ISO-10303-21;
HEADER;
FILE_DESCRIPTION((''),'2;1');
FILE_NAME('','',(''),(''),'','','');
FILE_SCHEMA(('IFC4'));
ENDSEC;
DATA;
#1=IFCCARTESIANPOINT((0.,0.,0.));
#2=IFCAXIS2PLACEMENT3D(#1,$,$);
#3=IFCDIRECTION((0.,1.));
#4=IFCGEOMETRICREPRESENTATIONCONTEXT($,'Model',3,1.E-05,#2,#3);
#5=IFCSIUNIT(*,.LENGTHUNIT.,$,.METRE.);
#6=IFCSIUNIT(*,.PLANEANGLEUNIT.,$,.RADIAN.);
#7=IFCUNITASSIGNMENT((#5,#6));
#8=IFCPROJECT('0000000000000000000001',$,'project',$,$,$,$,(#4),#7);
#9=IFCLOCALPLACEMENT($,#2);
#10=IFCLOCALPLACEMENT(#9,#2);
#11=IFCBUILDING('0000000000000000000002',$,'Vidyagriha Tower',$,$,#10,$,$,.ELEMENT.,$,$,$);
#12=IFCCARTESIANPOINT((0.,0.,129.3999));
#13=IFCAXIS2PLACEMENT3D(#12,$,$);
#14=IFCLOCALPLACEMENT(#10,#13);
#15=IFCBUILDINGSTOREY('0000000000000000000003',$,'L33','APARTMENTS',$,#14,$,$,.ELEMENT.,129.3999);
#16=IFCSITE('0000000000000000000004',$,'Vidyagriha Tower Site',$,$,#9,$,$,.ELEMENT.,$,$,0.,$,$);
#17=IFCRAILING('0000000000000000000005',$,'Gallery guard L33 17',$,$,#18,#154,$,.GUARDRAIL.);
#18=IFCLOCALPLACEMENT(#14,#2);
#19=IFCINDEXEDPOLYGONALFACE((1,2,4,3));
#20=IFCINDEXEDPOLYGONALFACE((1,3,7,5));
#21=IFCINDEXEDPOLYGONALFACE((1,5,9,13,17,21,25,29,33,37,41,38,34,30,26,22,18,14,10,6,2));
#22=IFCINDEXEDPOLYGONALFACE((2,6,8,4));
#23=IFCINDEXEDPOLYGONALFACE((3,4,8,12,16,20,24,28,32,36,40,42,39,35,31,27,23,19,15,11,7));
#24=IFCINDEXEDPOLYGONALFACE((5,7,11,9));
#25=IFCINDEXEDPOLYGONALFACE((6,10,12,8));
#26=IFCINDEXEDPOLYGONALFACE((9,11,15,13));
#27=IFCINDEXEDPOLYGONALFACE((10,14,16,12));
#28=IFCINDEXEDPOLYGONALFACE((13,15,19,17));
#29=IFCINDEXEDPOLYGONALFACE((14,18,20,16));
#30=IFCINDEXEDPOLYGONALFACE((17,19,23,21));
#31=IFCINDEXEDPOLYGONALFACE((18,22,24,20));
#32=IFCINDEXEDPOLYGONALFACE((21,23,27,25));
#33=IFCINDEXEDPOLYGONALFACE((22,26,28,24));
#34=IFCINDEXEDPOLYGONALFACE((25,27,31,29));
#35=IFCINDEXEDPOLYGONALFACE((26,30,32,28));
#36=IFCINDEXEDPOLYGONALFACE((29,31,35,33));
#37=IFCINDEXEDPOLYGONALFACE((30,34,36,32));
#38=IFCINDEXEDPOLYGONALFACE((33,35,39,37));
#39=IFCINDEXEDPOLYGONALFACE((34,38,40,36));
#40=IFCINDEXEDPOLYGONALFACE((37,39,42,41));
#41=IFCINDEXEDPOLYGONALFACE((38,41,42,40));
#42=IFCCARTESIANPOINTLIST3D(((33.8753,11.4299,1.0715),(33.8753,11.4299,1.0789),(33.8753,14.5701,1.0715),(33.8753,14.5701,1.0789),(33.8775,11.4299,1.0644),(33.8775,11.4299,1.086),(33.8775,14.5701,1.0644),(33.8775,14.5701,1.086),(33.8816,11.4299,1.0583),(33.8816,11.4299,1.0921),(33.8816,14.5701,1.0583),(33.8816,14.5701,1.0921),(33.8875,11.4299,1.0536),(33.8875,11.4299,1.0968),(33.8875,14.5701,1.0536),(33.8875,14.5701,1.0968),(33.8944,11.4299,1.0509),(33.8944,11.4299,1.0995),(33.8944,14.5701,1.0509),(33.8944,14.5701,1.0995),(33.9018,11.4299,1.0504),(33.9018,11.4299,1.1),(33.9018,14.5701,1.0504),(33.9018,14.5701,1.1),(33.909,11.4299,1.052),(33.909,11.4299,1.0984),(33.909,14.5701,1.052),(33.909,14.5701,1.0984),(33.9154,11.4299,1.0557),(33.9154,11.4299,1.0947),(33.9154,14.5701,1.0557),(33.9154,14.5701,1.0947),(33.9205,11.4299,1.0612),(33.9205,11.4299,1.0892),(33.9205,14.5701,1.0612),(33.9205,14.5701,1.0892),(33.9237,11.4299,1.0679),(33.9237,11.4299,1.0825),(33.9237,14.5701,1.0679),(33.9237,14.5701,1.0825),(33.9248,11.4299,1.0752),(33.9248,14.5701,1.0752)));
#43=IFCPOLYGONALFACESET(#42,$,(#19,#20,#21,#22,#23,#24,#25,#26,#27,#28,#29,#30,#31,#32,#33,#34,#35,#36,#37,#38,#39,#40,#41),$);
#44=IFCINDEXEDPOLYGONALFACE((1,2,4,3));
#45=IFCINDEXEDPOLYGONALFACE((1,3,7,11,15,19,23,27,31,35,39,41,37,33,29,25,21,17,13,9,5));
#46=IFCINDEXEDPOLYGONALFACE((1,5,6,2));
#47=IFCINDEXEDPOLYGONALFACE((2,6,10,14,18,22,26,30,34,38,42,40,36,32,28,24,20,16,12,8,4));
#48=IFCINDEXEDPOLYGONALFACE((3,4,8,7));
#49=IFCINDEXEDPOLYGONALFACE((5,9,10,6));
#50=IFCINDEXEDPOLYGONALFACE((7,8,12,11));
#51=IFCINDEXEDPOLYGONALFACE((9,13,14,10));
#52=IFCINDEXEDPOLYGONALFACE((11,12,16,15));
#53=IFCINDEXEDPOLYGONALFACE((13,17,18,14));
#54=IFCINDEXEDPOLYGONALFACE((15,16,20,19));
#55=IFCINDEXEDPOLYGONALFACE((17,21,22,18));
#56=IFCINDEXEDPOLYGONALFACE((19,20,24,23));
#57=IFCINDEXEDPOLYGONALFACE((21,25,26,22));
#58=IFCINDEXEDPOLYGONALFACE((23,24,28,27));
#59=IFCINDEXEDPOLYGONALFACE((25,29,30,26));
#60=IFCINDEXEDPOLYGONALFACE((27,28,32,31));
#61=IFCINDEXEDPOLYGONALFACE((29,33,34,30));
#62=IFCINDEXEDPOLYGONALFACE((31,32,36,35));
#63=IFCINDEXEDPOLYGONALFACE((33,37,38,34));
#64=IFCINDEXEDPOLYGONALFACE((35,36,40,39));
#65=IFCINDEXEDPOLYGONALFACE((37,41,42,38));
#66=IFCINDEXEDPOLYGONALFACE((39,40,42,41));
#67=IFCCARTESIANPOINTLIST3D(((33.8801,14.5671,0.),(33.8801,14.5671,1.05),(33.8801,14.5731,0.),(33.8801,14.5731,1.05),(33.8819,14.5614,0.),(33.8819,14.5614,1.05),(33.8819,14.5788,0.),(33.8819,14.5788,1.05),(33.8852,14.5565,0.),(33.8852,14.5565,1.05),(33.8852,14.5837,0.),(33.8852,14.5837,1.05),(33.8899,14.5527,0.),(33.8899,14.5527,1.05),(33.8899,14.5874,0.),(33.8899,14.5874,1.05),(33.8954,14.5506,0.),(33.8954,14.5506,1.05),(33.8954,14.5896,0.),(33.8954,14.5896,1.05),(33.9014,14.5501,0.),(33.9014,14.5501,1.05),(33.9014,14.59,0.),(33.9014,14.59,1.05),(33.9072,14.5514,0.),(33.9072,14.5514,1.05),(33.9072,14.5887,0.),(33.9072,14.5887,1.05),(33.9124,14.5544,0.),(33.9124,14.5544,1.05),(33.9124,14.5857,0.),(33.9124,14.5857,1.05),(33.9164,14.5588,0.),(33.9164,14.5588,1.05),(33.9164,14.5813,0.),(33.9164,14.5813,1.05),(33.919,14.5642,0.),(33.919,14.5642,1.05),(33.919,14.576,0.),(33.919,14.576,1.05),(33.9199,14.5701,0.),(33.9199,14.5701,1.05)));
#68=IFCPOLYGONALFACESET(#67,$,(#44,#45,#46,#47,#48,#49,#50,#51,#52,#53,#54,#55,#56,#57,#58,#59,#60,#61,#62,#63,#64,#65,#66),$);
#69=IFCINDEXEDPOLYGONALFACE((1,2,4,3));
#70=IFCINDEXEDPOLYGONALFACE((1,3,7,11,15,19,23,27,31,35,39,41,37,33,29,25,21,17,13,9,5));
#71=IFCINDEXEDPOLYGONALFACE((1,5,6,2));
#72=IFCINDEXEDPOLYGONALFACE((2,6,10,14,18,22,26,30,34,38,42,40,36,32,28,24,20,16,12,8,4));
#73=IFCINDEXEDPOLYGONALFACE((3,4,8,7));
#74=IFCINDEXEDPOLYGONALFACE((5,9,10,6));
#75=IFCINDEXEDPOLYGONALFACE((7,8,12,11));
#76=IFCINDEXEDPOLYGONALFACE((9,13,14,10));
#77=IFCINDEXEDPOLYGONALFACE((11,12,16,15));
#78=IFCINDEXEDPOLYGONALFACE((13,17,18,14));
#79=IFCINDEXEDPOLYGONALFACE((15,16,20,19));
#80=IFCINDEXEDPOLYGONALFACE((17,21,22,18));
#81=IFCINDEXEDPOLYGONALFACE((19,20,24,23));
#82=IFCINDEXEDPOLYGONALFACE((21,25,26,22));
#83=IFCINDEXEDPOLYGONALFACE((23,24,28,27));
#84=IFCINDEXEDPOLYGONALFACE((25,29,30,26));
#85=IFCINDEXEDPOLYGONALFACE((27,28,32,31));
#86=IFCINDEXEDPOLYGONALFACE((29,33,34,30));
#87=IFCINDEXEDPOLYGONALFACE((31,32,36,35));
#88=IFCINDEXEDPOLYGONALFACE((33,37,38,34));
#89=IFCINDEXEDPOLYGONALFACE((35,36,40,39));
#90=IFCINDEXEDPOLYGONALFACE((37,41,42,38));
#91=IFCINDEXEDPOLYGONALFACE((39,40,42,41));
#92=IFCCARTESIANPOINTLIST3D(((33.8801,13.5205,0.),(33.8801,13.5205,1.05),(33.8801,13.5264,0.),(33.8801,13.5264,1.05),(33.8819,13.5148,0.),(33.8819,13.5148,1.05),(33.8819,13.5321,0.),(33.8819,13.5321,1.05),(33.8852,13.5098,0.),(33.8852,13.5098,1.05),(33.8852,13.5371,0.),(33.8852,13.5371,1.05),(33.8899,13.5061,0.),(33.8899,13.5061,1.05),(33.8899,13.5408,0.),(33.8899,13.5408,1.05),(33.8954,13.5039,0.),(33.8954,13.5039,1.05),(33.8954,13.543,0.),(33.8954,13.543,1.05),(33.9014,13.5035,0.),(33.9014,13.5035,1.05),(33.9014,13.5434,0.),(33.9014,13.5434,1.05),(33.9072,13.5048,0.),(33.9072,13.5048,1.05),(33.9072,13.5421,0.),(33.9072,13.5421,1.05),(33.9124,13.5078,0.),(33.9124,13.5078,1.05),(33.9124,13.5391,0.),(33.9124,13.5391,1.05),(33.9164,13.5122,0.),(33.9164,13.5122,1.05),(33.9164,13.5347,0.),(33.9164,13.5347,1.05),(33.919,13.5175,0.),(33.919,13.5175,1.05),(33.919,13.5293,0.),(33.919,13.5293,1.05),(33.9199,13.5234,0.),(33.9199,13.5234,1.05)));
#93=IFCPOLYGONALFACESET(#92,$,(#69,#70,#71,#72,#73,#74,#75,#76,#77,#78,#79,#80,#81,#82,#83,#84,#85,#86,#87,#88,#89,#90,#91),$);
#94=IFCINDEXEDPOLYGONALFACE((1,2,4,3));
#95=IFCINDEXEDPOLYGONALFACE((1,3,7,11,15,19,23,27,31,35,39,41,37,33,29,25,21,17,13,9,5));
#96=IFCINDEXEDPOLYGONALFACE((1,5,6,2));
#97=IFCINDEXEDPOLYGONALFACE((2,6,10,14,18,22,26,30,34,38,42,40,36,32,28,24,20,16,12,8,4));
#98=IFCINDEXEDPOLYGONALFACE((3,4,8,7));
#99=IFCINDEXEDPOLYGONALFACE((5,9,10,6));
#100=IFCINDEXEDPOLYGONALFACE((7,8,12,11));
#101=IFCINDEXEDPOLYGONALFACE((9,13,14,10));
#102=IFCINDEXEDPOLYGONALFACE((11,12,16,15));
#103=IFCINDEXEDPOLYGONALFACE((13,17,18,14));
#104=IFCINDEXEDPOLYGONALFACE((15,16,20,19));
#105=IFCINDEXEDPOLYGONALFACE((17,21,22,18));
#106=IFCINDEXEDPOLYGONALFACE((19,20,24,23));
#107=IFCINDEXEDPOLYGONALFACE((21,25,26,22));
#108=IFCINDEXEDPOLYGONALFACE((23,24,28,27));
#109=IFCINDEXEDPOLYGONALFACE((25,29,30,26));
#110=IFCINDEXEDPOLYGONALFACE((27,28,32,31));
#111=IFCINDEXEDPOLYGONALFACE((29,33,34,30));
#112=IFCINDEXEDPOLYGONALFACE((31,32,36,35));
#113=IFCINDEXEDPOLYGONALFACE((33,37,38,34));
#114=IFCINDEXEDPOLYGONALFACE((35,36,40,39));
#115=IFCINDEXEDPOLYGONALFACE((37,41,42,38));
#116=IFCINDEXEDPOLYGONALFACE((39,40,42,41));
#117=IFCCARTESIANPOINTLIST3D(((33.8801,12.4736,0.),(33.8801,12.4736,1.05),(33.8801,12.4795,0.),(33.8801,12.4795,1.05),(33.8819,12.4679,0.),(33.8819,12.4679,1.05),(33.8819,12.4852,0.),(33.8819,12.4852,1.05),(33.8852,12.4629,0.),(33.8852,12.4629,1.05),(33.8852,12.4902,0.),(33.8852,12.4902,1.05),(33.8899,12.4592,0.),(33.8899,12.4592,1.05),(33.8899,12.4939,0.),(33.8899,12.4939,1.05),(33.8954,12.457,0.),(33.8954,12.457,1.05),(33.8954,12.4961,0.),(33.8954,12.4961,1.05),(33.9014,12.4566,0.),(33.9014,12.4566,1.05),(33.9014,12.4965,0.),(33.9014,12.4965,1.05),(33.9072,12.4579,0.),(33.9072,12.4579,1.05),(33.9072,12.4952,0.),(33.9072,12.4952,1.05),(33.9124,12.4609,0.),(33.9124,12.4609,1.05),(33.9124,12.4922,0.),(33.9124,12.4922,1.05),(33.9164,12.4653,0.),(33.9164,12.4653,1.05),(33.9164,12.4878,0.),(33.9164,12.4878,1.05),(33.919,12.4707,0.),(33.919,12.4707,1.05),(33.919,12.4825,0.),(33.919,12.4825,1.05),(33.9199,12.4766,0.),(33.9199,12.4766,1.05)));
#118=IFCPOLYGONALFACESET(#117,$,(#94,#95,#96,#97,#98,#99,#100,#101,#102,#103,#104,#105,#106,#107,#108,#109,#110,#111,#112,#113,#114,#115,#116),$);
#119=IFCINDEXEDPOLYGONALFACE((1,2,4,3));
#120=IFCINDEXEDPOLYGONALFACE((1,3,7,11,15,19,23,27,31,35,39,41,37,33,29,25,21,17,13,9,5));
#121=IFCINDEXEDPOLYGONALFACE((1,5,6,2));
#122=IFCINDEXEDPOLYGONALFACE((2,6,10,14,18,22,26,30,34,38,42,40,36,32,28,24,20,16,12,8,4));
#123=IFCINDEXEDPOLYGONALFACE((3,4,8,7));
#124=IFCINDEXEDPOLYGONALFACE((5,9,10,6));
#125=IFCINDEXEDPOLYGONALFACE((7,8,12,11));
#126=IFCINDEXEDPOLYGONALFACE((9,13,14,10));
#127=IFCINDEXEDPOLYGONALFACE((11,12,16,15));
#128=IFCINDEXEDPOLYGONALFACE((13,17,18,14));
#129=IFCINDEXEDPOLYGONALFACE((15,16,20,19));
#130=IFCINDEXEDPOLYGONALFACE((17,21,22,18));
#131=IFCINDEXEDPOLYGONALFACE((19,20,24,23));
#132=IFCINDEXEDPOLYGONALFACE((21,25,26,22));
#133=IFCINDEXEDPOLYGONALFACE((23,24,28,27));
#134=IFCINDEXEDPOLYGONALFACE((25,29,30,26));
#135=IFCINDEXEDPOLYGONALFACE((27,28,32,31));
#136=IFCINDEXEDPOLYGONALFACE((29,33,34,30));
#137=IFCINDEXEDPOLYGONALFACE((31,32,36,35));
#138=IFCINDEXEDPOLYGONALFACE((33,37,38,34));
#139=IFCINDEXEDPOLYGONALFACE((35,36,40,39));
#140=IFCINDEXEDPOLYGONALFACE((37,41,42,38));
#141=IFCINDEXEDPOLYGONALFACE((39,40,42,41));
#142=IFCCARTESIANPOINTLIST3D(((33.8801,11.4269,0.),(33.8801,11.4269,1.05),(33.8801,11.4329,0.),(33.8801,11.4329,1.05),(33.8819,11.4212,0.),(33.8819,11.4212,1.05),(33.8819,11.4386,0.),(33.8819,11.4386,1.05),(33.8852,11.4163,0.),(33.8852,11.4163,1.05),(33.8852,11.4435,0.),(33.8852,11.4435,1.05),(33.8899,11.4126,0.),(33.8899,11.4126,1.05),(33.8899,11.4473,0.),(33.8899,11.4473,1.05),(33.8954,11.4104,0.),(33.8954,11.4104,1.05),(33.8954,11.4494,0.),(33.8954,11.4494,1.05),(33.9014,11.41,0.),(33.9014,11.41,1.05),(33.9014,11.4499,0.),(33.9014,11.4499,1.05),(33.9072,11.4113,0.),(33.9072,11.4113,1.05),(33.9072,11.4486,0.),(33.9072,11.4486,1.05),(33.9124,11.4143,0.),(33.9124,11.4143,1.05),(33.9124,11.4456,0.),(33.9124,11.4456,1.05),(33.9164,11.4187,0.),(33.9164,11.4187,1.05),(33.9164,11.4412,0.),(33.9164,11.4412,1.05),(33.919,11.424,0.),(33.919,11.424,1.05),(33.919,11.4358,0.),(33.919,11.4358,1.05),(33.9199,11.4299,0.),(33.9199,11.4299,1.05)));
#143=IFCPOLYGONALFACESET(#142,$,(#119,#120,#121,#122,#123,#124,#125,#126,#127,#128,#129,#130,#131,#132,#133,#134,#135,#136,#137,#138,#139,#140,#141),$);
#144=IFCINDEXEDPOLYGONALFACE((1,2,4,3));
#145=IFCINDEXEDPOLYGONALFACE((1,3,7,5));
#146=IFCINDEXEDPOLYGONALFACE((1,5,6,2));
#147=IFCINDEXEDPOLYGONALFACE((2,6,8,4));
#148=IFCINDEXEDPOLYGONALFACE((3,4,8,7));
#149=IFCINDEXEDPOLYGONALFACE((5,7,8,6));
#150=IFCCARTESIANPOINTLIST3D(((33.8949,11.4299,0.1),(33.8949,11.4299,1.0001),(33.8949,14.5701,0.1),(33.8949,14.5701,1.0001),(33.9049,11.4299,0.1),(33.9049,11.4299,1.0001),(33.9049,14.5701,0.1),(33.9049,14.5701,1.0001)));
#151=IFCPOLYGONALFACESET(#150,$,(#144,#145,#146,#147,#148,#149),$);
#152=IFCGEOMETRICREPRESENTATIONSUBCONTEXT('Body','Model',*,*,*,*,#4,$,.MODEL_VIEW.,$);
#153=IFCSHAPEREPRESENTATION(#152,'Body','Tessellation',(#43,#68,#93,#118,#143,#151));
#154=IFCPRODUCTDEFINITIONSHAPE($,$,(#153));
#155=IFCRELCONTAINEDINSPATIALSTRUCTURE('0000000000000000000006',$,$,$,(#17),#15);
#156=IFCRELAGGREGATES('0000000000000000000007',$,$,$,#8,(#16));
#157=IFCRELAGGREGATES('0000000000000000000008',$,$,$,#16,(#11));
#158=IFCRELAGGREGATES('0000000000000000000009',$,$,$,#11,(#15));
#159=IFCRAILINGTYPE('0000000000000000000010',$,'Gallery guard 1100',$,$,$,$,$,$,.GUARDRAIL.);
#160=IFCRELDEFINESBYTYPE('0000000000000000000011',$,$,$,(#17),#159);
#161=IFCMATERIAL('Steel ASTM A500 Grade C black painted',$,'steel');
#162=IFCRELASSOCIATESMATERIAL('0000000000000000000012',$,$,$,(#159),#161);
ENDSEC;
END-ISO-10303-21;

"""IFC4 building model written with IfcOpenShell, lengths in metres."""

from ifc_helpers import new_model, si_unit, direction, frame, origin, origin_2d, place, context, subcontext, project, spatial, rectangle, circle, extrude, material, type_object, element, save


model = new_model("IFC4")

# Units and contexts
model_context = context("Model", 3, precision=1e-05, world=origin(), true_north=direction((0.0, 1.0)))
body_context = subcontext(model_context, "Body", "Model", "MODEL_VIEW")
ifc_project = project(units=[si_unit("LENGTHUNIT", "METRE"), si_unit("PLANEANGLEUNIT", "RADIAN")], contexts=[model_context])

# Site, building, storey
site_placement = place(None, origin())
site = spatial("IfcSite", under=ifc_project, at=site_placement, Name="Vidyagriha Tower Site", CompositionType="ELEMENT", RefElevation=0.0)
building_placement = place(site_placement, origin())
building = spatial("IfcBuilding", under=site, at=building_placement, Name="Vidyagriha Tower", CompositionType="ELEMENT")
storey_placement = place(building_placement, frame((0.0, 0.0, 129.3999)))
storey = spatial("IfcBuildingStorey", under=building, at=storey_placement, Name="L33", Description="APARTMENTS", CompositionType="ELEMENT", Elevation=129.3999)

# Railing
ifc_material_1 = material(Name="Steel ASTM A500 Grade C black painted", Category="steel")
railing_type = type_object("IfcRailingType", Name="Gallery guard 1100", PredefinedType="GUARDRAIL", material=ifc_material_1)
railing_1_placement = place(storey_placement, frame((33.8999, 14.5701, 0.0)))
element("IfcRailing", 1, at=railing_1_placement, inside=storey, type_object=railing_type, Name="Gallery guard L33 17", PredefinedType="GUARDRAIL", context=body_context, shape_type="SweptSolid", body=[
    extrude(circle(Radius=0.0249, at=origin_2d()), frame((0.0, 0.0, 1.0752), z_axis=(0.0, -1.0, 0.0), x_axis=(1.0, 0.0, 0.0)), (0.0, 0.0, 1.0), 3.1401),
    extrude(circle(Radius=0.02, at=origin_2d()), origin(), (0.0, 0.0, 1.0), 1.05),
    extrude(circle(Radius=0.02, at=origin_2d()), frame((0.0, -1.0466, 0.0)), (0.0, 0.0, 1.0), 1.05),
    extrude(circle(Radius=0.02, at=origin_2d()), frame((0.0, -2.0935, 0.0)), (0.0, 0.0, 1.0), 1.05),
    extrude(circle(Radius=0.02, at=origin_2d()), frame((0.0, -3.1401, 0.0)), (0.0, 0.0, 1.0), 1.05),
    extrude(rectangle(XDim=0.01, YDim=0.9001, at=origin_2d()), frame((0.0, 0.0, 0.55), z_axis=(0.0, -1.0, 0.0), x_axis=(1.0, 0.0, 0.0)), (0.0, 0.0, 1.0), 3.1401),
])

save(model, "model.ifc")
